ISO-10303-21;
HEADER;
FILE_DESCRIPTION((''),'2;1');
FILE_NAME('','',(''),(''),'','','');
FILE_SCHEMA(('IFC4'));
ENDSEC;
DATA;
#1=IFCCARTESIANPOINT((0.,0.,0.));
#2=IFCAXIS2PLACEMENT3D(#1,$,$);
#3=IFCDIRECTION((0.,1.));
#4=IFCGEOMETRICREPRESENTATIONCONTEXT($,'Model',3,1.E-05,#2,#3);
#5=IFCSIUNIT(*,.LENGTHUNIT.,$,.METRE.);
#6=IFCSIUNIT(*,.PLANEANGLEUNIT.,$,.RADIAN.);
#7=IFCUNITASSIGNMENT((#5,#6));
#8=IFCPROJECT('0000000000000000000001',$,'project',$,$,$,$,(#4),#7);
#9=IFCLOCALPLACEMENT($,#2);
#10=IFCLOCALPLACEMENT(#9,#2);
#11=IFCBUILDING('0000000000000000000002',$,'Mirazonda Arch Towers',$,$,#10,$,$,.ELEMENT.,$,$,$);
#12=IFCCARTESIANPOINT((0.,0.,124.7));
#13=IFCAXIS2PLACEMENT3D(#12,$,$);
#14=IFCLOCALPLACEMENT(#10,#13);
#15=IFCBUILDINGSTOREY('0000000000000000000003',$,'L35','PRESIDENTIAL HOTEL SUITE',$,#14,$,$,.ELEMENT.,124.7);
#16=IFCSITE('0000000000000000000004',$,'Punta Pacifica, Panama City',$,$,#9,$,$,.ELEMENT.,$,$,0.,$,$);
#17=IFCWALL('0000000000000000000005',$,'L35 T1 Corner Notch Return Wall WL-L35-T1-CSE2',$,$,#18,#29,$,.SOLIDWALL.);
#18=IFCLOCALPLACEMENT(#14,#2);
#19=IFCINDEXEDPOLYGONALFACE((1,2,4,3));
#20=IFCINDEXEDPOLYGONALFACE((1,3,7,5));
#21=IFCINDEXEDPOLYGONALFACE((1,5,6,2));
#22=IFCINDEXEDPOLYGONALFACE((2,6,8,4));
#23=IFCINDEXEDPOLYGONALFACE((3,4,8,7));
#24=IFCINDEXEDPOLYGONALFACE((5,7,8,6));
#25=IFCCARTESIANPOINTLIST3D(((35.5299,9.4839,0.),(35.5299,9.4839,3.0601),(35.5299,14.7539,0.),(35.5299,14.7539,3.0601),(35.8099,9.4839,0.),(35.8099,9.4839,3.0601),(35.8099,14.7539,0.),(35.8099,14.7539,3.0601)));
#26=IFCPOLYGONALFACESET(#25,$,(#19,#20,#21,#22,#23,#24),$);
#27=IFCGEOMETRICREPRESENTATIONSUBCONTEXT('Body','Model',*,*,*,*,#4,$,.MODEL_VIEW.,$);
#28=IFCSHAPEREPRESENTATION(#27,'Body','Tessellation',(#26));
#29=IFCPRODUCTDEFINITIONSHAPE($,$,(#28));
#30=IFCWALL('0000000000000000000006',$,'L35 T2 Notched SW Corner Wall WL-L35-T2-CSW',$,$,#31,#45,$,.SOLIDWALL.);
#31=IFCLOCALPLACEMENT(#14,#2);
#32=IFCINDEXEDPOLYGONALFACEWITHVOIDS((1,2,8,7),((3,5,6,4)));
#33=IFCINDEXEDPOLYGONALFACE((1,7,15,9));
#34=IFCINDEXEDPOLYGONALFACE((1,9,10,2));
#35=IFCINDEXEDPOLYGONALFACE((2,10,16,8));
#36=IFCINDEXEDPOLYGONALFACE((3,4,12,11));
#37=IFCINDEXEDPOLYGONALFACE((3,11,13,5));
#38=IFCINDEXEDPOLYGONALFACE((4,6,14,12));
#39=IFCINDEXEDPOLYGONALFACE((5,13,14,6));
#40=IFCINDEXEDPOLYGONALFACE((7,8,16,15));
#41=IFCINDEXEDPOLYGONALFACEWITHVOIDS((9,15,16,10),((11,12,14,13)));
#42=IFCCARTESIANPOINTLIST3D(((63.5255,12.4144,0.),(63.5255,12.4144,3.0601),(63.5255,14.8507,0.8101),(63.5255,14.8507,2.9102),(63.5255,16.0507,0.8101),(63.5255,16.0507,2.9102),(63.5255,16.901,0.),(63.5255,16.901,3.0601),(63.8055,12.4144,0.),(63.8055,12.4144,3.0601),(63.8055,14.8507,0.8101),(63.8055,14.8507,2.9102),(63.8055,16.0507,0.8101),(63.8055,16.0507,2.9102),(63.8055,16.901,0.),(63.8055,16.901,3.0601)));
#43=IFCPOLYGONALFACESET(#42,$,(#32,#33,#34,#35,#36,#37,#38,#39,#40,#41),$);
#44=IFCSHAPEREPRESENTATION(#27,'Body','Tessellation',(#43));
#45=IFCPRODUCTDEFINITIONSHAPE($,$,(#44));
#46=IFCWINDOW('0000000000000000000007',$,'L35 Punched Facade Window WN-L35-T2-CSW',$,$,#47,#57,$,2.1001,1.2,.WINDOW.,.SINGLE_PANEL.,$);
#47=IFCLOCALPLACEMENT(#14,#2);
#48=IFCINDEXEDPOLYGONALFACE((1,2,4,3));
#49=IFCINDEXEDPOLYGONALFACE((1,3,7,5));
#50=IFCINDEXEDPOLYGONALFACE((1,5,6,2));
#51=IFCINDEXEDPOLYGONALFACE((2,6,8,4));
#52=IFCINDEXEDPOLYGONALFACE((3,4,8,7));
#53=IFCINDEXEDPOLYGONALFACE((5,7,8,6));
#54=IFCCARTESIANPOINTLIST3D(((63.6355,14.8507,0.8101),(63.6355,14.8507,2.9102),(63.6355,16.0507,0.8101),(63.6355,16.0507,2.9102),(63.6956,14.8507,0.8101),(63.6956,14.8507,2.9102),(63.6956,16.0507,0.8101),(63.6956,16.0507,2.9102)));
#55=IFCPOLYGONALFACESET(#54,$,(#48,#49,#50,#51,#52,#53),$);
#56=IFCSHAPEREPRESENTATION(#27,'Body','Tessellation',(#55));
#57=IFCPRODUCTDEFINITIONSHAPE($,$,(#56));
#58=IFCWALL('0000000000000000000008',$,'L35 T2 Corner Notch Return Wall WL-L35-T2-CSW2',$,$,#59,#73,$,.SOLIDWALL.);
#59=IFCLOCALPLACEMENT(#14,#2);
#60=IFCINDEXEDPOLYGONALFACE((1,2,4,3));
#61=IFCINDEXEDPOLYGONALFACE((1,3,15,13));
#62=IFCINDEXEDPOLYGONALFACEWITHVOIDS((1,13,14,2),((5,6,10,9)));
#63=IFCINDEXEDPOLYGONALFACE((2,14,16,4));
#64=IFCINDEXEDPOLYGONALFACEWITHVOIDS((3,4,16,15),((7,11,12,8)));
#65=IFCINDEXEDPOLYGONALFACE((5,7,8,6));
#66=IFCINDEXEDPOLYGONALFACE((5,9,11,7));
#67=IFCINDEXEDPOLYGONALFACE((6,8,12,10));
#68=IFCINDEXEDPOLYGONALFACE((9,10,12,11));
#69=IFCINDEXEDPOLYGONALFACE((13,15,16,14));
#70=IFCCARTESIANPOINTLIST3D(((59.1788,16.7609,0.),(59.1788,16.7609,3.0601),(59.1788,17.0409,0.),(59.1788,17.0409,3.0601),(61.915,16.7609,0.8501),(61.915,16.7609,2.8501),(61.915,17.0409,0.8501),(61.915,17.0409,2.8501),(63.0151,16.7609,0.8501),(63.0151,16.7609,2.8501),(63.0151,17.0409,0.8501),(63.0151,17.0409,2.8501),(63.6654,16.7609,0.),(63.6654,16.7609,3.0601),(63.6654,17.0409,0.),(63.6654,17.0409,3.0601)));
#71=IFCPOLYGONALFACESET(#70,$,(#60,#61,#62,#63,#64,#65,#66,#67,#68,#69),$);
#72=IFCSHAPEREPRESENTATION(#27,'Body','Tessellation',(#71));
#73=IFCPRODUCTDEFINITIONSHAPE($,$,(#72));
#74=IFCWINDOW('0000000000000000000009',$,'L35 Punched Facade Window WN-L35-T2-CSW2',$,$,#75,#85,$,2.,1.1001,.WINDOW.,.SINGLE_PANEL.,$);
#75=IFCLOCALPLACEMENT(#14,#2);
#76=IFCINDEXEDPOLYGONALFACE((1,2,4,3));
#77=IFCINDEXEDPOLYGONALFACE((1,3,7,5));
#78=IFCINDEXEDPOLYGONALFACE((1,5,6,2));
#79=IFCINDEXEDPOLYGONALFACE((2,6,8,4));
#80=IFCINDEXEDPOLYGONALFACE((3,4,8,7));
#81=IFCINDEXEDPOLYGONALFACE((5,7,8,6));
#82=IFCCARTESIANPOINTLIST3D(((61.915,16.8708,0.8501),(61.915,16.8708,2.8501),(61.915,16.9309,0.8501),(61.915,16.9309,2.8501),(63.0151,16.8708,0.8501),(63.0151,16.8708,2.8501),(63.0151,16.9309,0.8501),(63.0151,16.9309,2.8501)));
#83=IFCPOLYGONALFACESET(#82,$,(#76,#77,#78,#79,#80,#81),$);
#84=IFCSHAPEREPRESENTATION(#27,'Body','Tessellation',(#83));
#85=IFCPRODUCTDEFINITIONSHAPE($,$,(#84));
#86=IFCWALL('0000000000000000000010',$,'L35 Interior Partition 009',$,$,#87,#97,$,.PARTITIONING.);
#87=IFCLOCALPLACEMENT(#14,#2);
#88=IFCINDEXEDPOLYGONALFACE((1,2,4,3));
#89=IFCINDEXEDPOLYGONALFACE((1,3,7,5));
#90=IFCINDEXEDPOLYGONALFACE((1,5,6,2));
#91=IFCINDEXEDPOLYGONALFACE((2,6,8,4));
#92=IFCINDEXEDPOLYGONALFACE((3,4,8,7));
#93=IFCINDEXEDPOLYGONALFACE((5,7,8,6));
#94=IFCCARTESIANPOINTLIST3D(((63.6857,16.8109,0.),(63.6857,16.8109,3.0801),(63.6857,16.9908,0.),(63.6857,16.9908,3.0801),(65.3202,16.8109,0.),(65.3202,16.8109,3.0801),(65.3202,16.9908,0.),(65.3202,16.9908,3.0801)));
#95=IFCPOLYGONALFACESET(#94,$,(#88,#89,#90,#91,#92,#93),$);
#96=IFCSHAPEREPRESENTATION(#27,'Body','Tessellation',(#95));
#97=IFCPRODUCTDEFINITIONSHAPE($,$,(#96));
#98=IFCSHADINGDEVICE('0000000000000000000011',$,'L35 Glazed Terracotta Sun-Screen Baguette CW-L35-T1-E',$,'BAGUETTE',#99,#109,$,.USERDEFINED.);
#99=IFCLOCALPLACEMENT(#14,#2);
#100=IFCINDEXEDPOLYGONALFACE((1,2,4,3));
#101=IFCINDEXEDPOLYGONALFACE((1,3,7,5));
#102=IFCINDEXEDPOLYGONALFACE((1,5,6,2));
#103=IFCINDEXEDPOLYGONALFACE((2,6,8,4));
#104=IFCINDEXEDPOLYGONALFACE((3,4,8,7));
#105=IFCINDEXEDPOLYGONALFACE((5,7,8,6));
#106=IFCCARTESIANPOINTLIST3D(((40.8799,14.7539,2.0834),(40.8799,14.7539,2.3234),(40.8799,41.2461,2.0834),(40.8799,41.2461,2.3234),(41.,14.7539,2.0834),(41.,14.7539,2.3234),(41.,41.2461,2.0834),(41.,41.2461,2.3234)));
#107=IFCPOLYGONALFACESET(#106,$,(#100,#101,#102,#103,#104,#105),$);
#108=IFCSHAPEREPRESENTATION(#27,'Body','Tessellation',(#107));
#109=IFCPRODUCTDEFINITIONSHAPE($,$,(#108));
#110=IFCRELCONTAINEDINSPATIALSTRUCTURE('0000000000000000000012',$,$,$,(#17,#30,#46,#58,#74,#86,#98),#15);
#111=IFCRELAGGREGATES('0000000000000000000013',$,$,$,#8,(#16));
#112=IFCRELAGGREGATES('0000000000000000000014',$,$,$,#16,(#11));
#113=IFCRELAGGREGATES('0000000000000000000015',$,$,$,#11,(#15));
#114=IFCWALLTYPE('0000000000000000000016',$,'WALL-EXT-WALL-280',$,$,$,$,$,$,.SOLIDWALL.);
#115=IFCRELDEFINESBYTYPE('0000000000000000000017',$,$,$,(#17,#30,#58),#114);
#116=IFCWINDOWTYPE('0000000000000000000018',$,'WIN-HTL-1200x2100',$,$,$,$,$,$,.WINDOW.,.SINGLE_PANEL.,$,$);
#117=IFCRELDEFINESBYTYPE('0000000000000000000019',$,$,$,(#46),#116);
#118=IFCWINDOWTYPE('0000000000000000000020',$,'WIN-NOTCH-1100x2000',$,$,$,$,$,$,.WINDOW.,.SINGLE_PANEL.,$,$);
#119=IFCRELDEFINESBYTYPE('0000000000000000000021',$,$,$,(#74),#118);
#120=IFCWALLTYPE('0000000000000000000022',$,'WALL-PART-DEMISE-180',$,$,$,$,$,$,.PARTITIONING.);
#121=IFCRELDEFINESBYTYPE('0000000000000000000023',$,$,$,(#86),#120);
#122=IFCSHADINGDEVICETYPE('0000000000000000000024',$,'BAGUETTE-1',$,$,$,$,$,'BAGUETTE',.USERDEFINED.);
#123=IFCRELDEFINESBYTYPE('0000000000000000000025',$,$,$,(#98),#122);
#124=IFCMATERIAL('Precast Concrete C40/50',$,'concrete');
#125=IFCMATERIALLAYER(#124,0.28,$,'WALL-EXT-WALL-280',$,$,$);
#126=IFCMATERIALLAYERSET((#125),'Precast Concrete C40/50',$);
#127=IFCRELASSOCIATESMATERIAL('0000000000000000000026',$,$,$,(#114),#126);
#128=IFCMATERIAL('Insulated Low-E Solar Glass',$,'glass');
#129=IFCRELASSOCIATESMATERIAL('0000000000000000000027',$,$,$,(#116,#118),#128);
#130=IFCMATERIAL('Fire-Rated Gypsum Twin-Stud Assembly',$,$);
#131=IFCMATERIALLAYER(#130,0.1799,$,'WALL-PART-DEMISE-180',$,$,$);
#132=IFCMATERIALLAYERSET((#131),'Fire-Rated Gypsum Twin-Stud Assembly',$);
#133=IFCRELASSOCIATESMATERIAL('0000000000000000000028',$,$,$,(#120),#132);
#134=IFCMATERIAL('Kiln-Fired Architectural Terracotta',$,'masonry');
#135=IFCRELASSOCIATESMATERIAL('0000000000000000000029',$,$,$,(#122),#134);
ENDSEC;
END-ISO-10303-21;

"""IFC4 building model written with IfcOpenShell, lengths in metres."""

from ifc_helpers import new_model, si_unit, direction, frame, frame_2d, origin, origin_2d, place, context, subcontext, project, spatial, rectangle, extrude, material, layer, layer_set, material_profile, profile_set, type_object, element, fill, save


model = new_model("IFC4")

# Units and contexts
model_context = context("Model", 3, precision=1e-05, world=origin(), true_north=direction((0.0, 1.0)))
body_context = subcontext(model_context, "Body", "Model", "MODEL_VIEW")
ifc_project = project(units=[si_unit("LENGTHUNIT", "METRE"), si_unit("PLANEANGLEUNIT", "RADIAN")], contexts=[model_context])

# Site, building, storey
site_placement = place(None, origin())
site = spatial("IfcSite", under=ifc_project, at=site_placement, Name="Punta Pacifica, Panama City", CompositionType="ELEMENT", RefElevation=0.0)
building_placement = place(site_placement, origin())
building = spatial("IfcBuilding", under=site, at=building_placement, Name="Mirazonda Arch Towers", CompositionType="ELEMENT")
storey_placement = place(building_placement, frame((0.0, 0.0, 124.7)))
storey = spatial("IfcBuildingStorey", under=building, at=storey_placement, Name="L35", Description="PRESIDENTIAL HOTEL SUITE", CompositionType="ELEMENT", Elevation=124.7)

# Shared definitions
ifc_material_1 = material(Name="Insulated Low-E Solar Glass", Category="glass")

# Wall
ifc_material_2 = material(Name="Precast Concrete C40/50", Category="concrete")
ifc_layer_1 = layer(ifc_material_2, 0.28, Name="WALL-EXT-WALL-280")
ifc_layer_set_1 = layer_set([ifc_layer_1], Name="Precast Concrete C40/50")
wall_type_1 = type_object("IfcWallType", Name="WALL-EXT-WALL-280", PredefinedType="SOLIDWALL", material=ifc_layer_set_1)
wall_1_placement = place(storey_placement, frame((35.6699, 9.4839, 0.0), z_axis=(0.0, 0.0, 1.0), x_axis=(0.0, 1.0, 0.0)))
element("IfcWall", 1, at=wall_1_placement, inside=storey, type_object=wall_type_1, Name="L35 T1 Corner Notch Return Wall WL-L35-T1-CSE2", PredefinedType="SOLIDWALL", context=body_context, shape_type="SweptSolid", body=[
    extrude(rectangle(XDim=5.27, YDim=0.28, at=frame_2d((2.635, 0.0))), origin(), (0.0, 0.0, 1.0), 3.0601),
])

# Walls, openings, windows
wall_2_placement = place(storey_placement, frame((63.6655, 16.9009, 0.0), z_axis=(0.0, 0.0, 1.0), x_axis=(0.0, -1.0, 0.0)))
wall_2 = element("IfcWall", 2, at=wall_2_placement, inside=storey, type_object=wall_type_1, Name="L35 T2 Notched SW Corner Wall WL-L35-T2-CSW", PredefinedType="SOLIDWALL", context=body_context, shape_type="SweptSolid", body=[
    extrude(rectangle(XDim=4.4866, YDim=0.28, at=frame_2d((2.2432, 0.0))), origin(), (0.0, 0.0, 1.0), 3.0601),
])
opening_1_placement = place(wall_2_placement, frame((0.8501, 0.0, 0.8101)))
opening_1 = element("IfcOpeningElement", 3, at=opening_1_placement, cuts=wall_2, PredefinedType="OPENING", context=body_context, shape_type="SweptSolid", body=[
    extrude(rectangle(XDim=1.2, YDim=2.1001, at=frame_2d((0.6001, 1.05))), frame((0.0, 0.1499, 0.0), z_axis=(0.0, -1.0, 0.0), x_axis=(1.0, 0.0, 0.0)), (0.0, 0.0, 1.0), 0.3),
])
window_type_1 = type_object("IfcWindowType", Name="WIN-HTL-1200x2100", PartitioningType="SINGLE_PANEL", PredefinedType="WINDOW", material=ifc_material_1)
window_1_placement = place(opening_1_placement, origin())
window_1 = element("IfcWindow", 4, at=window_1_placement, inside=storey, type_object=window_type_1, Name="L35 Punched Facade Window WN-L35-T2-CSW", OverallHeight=2.1001, OverallWidth=1.2, PartitioningType="SINGLE_PANEL", PredefinedType="WINDOW", context=body_context, shape_type="SweptSolid", body=[
    extrude(rectangle(XDim=1.2, YDim=2.1001, at=frame_2d((0.6001, 1.05))), frame((0.0, 0.03, 0.0), z_axis=(0.0, -1.0, 0.0), x_axis=(1.0, 0.0, 0.0)), (0.0, 0.0, 1.0), 0.0601),
])
fill(opening_1, window_1)
wall_3_placement = place(storey_placement, frame((59.179, 16.9009, 0.0), z_axis=(0.0, 0.0, 1.0), x_axis=(1.0, 0.0, 0.0)))
wall_3 = element("IfcWall", 5, at=wall_3_placement, inside=storey, type_object=wall_type_1, Name="L35 T2 Corner Notch Return Wall WL-L35-T2-CSW2", PredefinedType="SOLIDWALL", context=body_context, shape_type="SweptSolid", body=[
    extrude(rectangle(XDim=4.4866, YDim=0.28, at=frame_2d((2.2432, 0.0))), origin(), (0.0, 0.0, 1.0), 3.0601),
])
opening_2_placement = place(wall_3_placement, frame((2.7361, 0.0, 0.8501)))
opening_2 = element("IfcOpeningElement", 6, at=opening_2_placement, cuts=wall_3, PredefinedType="OPENING", context=body_context, shape_type="SweptSolid", body=[
    extrude(rectangle(XDim=1.1001, YDim=2.0, at=frame_2d((0.55, 1.0))), frame((0.0, 0.1499, 0.0), z_axis=(0.0, -1.0, 0.0), x_axis=(1.0, 0.0, 0.0)), (0.0, 0.0, 1.0), 0.3),
])
window_type_2 = type_object("IfcWindowType", Name="WIN-NOTCH-1100x2000", PartitioningType="SINGLE_PANEL", PredefinedType="WINDOW", material=ifc_material_1)
window_2_placement = place(opening_2_placement, origin())
window_2 = element("IfcWindow", 7, at=window_2_placement, inside=storey, type_object=window_type_2, Name="L35 Punched Facade Window WN-L35-T2-CSW2", OverallHeight=2.0, OverallWidth=1.1001, PartitioningType="SINGLE_PANEL", PredefinedType="WINDOW", context=body_context, shape_type="SweptSolid", body=[
    extrude(rectangle(XDim=1.1001, YDim=2.0, at=frame_2d((0.55, 1.0))), frame((0.0, 0.03, 0.0), z_axis=(0.0, -1.0, 0.0), x_axis=(1.0, 0.0, 0.0)), (0.0, 0.0, 1.0), 0.0601),
])
fill(opening_2, window_2)

# Wall
ifc_material_3 = material(Name="Fire-Rated Gypsum Twin-Stud Assembly")
ifc_layer_2 = layer(ifc_material_3, 0.1799, Name="WALL-PART-DEMISE-180")
ifc_layer_set_2 = layer_set([ifc_layer_2], Name="Fire-Rated Gypsum Twin-Stud Assembly")
wall_type_2 = type_object("IfcWallType", Name="WALL-PART-DEMISE-180", PredefinedType="PARTITIONING", material=ifc_layer_set_2)
wall_4_placement = place(storey_placement, frame((63.6855, 16.9009, 0.0), z_axis=(0.0, 0.0, 1.0), x_axis=(1.0, 0.0, 0.0)))
element("IfcWall", 8, at=wall_4_placement, inside=storey, type_object=wall_type_2, Name="L35 Interior Partition 009", PredefinedType="PARTITIONING", context=body_context, shape_type="SweptSolid", body=[
    extrude(rectangle(XDim=1.6345, YDim=0.1799, at=frame_2d((0.8174, 0.0))), origin(), (0.0, 0.0, 1.0), 3.0801),
])

# Shading device
ifc_material_4 = material(Name="Kiln-Fired Architectural Terracotta", Category="masonry")
ifc_material_profile_1 = material_profile(ifc_material_4, rectangle(XDim=0.1201, YDim=0.24, at=origin_2d()), Name="TERRA-BAG-120x240")
ifc_profile_set_1 = profile_set([ifc_material_profile_1], Name="Kiln-Fired Architectural Terracotta")
shading_device_type = type_object("IfcShadingDeviceType", Name="BAGUETTE-1", ElementType="BAGUETTE", PredefinedType="USERDEFINED", material=ifc_profile_set_1)
shading_device_placement = place(storey_placement, frame((40.9399, 14.7539, 2.2034), z_axis=(0.0, 1.0, 0.0), x_axis=(-1.0, 0.0, 0.0)))
element("IfcShadingDevice", 9, at=shading_device_placement, inside=storey, type_object=shading_device_type, Name="L35 Glazed Terracotta Sun-Screen Baguette CW-L35-T1-E", ObjectType="BAGUETTE", PredefinedType="USERDEFINED", context=body_context, shape_type="SweptSolid", body=[
    extrude(rectangle(XDim=0.1201, YDim=0.24, at=origin_2d()), origin(), (0.0, 0.0, 1.0), 26.4922),
])

save(model, "model.ifc")
